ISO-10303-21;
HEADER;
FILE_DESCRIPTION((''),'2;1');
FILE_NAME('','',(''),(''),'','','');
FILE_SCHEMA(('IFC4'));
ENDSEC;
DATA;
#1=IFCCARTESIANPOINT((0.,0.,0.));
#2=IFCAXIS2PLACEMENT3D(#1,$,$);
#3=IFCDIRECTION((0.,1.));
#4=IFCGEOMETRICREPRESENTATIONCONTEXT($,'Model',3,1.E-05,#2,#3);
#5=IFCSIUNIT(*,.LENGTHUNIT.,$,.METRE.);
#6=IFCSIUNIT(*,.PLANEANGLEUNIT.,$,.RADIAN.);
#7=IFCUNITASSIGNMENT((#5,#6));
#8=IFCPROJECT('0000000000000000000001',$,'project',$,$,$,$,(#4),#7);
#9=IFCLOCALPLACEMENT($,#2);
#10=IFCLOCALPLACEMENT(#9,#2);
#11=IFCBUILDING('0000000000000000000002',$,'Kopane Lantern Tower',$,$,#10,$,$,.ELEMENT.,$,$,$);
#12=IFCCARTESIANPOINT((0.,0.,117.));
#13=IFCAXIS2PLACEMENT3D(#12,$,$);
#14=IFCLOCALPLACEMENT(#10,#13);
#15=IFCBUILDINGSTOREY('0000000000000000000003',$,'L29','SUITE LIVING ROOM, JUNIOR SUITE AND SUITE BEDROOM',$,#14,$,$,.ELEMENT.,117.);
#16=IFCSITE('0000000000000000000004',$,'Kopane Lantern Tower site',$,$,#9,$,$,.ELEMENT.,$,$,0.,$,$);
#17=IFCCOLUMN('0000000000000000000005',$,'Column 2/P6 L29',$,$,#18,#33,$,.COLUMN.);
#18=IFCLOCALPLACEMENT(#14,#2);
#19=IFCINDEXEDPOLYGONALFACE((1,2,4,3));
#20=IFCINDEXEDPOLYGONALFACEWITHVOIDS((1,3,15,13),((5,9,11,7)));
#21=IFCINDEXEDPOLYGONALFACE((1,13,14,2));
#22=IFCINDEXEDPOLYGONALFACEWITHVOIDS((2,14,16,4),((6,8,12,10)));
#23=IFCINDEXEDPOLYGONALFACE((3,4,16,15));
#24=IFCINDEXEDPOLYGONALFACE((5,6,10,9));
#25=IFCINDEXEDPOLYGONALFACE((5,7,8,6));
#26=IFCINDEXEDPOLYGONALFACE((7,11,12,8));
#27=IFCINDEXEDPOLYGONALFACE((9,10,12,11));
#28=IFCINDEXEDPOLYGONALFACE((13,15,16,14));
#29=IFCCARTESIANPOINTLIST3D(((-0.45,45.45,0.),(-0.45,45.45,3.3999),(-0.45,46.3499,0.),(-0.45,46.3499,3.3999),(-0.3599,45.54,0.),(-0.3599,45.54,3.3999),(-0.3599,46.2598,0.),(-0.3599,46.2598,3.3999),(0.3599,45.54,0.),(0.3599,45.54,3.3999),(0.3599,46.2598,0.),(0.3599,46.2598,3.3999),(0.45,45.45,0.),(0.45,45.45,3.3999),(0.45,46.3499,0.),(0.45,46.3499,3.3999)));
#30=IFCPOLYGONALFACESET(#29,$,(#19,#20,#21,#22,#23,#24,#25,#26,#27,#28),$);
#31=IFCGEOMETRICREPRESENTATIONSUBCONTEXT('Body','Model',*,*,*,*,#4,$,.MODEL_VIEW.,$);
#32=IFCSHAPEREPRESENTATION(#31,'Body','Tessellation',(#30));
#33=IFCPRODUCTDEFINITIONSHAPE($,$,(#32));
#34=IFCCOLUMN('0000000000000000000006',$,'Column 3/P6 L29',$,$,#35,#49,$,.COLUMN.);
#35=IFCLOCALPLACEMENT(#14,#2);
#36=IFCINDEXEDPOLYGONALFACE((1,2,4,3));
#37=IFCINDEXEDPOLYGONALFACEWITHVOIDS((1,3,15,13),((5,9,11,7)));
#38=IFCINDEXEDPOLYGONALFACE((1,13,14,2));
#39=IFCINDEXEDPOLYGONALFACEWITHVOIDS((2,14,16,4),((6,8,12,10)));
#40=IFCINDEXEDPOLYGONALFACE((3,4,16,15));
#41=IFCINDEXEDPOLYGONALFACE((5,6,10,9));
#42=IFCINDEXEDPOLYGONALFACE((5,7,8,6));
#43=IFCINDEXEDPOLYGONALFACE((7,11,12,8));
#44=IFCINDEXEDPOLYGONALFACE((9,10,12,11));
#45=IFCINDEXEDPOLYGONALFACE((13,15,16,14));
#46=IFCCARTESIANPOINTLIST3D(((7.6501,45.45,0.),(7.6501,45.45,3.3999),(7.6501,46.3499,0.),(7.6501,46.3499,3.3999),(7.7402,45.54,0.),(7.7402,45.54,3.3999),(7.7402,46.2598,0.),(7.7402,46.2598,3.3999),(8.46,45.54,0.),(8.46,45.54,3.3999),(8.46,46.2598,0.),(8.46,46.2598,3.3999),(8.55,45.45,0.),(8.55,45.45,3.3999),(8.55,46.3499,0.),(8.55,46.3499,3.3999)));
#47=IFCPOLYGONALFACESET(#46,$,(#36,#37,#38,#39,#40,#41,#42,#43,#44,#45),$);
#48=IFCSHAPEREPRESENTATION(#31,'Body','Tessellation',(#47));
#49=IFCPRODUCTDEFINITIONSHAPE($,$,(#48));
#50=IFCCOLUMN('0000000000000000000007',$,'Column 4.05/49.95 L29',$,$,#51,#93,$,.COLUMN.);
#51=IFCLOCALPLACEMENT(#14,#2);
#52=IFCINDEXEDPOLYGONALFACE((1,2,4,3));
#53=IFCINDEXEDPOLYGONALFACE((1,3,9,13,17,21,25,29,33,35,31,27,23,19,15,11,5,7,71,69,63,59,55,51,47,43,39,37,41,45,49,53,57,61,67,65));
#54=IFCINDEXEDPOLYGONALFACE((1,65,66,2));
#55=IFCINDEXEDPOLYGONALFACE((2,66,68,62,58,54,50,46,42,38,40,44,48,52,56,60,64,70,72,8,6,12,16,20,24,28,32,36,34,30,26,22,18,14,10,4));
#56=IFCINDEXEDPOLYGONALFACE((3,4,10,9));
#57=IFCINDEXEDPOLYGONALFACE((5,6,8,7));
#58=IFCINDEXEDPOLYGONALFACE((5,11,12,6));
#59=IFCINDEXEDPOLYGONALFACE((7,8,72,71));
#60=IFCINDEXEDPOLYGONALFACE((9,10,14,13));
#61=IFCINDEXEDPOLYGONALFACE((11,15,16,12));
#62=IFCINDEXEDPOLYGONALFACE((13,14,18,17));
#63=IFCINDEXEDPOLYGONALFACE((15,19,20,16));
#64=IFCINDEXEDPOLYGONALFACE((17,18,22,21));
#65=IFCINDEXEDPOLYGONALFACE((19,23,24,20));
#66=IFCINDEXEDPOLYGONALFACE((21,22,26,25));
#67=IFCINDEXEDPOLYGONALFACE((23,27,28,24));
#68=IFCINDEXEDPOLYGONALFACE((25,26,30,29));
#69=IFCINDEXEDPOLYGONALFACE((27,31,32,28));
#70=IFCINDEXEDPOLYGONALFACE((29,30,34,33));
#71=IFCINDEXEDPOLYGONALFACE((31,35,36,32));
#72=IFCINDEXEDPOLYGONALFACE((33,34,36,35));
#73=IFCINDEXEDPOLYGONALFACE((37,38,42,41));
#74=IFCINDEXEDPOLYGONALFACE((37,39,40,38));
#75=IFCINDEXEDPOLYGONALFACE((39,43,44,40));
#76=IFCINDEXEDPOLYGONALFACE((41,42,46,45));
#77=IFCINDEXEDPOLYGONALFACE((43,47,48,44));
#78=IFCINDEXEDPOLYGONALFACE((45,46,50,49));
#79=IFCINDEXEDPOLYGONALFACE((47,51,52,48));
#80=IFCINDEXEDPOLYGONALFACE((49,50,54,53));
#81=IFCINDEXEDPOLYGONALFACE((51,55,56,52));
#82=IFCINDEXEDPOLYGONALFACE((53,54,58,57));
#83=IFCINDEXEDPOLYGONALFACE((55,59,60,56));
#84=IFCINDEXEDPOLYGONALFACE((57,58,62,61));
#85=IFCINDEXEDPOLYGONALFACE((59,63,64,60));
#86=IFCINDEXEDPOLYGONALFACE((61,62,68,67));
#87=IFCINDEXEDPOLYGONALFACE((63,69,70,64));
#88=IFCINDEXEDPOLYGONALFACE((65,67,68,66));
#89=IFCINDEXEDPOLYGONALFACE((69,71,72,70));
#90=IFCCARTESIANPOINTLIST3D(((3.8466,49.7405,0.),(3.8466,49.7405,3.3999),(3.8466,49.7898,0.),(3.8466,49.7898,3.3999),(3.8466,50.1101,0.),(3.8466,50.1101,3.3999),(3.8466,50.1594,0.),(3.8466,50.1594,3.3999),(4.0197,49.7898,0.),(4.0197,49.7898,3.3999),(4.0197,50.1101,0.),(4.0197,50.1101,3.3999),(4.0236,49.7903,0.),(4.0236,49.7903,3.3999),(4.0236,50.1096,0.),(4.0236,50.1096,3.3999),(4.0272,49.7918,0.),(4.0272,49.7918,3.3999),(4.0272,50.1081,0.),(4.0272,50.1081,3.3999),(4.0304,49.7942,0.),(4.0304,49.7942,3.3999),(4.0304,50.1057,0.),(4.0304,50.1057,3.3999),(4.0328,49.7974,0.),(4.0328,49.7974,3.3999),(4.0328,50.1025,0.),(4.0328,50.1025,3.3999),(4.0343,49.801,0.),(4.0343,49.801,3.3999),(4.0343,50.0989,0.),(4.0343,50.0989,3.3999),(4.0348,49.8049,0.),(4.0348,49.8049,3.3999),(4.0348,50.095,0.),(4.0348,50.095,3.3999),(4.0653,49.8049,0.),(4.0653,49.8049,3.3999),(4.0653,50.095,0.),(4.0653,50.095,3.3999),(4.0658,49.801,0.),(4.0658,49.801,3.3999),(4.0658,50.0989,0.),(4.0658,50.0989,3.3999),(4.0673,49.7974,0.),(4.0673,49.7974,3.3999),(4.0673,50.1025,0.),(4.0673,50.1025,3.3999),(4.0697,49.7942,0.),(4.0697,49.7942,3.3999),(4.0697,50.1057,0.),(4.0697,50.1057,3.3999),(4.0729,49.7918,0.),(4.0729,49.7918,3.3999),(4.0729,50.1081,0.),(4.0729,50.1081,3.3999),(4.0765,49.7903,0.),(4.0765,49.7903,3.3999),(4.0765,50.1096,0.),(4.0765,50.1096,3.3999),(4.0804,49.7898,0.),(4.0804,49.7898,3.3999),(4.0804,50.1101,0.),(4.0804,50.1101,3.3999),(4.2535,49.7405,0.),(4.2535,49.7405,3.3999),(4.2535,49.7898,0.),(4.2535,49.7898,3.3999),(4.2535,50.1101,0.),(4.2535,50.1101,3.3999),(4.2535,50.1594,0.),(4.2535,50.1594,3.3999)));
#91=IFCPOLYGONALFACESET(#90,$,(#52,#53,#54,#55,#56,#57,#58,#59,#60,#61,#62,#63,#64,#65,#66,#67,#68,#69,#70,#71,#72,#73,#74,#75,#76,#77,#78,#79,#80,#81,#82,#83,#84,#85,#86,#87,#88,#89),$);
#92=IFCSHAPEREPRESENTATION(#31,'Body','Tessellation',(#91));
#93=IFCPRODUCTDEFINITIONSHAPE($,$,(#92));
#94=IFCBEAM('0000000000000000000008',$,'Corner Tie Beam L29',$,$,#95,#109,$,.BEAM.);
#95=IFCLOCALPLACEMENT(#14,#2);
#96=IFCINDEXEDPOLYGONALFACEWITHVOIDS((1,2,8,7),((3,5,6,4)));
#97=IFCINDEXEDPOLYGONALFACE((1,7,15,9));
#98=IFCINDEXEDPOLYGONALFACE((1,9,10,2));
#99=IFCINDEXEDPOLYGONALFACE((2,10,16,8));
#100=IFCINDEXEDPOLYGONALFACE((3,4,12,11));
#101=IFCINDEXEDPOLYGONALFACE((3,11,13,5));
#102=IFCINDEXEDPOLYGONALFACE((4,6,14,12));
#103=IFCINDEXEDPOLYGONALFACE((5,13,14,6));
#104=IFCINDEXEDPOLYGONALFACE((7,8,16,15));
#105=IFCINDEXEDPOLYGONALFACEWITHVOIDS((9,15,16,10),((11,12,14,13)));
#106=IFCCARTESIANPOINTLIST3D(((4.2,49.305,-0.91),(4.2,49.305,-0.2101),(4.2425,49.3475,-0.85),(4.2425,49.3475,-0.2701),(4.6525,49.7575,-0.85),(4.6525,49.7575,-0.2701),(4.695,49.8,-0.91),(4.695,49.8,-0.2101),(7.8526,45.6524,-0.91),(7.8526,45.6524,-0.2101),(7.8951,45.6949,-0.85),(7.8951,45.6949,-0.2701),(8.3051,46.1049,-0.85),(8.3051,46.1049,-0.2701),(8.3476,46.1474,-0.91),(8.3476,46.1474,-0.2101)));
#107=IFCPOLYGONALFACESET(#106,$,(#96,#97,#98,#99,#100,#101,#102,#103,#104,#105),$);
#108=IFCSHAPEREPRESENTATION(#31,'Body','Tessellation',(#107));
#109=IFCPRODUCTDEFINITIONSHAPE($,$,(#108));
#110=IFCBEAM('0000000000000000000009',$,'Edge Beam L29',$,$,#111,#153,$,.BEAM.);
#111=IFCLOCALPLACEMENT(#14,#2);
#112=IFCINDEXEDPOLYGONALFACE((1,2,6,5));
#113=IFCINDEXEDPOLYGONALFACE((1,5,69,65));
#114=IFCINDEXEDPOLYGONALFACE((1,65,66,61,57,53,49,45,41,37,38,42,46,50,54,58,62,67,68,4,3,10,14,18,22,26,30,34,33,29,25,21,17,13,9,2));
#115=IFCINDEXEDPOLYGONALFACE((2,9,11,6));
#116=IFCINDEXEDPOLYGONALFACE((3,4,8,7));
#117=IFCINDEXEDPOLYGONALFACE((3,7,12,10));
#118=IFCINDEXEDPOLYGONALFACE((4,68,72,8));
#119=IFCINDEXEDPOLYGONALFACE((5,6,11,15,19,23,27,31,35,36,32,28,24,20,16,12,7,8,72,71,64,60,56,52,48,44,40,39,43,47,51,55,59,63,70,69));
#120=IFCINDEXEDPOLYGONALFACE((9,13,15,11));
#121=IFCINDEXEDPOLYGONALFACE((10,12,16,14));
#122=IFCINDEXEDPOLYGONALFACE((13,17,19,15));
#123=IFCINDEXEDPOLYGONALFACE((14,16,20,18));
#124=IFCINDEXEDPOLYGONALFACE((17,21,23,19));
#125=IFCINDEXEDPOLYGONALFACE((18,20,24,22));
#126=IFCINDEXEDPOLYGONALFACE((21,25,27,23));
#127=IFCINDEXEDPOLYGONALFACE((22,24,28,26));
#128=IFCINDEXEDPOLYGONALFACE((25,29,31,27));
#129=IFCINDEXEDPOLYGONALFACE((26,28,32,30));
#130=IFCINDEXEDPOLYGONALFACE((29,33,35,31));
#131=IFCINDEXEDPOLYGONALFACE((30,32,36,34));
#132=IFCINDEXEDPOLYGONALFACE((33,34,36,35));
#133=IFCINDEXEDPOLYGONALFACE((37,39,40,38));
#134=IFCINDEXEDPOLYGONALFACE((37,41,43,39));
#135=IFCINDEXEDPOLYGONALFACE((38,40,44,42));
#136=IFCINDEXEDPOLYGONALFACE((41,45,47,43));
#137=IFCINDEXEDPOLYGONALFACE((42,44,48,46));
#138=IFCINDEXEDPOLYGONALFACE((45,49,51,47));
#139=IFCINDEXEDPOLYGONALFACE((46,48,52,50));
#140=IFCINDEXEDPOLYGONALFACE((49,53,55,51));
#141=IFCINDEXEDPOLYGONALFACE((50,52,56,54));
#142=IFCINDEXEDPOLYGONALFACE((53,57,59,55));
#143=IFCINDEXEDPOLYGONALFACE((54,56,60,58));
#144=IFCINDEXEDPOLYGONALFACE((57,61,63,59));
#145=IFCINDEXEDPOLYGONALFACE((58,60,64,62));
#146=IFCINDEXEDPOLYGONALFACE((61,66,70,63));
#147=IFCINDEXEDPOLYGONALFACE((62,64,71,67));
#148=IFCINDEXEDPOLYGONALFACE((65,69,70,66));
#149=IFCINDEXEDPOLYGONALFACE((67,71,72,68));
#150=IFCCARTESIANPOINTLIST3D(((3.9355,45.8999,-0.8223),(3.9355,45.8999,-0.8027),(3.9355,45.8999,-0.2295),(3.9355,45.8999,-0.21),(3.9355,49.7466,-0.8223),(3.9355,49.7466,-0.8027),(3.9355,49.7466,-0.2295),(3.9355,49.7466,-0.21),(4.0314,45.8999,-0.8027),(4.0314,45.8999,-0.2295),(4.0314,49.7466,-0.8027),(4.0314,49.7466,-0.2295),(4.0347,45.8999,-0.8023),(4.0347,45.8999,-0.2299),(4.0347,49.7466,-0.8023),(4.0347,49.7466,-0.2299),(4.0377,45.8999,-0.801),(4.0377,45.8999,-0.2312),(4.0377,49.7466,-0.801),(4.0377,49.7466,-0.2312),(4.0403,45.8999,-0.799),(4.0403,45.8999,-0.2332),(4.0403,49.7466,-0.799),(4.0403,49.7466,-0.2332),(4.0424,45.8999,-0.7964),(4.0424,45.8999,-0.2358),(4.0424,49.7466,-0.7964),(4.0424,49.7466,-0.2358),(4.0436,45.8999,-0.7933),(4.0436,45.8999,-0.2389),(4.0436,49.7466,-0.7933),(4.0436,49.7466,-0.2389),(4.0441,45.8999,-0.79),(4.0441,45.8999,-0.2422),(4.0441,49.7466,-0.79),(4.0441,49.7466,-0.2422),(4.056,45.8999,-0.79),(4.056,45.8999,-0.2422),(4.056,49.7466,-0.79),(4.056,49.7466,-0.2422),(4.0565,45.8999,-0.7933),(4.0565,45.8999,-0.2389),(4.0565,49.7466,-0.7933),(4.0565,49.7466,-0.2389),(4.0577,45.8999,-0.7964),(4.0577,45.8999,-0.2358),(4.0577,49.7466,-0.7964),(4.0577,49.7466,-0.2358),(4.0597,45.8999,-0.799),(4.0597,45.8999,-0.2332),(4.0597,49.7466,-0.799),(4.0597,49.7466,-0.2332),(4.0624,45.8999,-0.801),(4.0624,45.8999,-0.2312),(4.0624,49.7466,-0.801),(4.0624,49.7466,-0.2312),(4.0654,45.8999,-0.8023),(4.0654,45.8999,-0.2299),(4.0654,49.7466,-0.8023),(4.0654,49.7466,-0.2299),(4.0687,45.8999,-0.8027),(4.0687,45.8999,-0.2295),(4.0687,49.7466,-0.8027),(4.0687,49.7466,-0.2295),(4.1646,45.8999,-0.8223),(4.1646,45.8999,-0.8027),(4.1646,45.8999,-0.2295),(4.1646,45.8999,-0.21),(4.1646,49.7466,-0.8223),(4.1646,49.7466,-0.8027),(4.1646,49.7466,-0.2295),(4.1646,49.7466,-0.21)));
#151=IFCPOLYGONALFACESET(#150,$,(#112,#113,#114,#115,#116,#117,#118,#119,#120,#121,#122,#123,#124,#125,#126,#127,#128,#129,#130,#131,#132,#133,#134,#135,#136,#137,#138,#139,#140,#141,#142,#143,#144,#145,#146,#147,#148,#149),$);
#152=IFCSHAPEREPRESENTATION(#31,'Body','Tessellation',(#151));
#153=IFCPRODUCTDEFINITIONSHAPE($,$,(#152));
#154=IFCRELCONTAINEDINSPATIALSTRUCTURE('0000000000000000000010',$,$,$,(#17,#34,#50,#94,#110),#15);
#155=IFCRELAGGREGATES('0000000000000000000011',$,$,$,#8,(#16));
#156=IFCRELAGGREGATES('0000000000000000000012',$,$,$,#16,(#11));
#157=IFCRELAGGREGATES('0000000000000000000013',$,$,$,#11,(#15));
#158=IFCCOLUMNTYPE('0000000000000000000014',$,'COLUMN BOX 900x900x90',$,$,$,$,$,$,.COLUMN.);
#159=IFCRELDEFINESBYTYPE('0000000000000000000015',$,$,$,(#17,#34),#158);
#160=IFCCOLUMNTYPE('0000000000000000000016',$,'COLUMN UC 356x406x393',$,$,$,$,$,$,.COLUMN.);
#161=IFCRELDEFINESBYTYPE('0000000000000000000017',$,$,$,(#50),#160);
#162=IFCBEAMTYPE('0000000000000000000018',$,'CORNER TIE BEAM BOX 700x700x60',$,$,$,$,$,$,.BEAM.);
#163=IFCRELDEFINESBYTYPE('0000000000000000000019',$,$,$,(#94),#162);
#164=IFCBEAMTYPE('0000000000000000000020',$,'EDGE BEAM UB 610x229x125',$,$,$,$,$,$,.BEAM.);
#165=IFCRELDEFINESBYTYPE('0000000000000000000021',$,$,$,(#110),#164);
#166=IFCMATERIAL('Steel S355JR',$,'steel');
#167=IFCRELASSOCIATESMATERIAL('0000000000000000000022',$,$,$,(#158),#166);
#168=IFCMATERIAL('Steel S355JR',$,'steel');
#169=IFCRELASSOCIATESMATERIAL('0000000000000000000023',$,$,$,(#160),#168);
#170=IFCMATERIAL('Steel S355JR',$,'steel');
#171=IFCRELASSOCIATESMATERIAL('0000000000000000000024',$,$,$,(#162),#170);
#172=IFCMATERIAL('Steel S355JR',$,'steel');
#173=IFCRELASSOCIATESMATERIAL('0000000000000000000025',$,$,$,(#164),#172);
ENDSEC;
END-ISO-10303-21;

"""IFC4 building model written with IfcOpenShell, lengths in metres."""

from ifc_helpers import new_model, si_unit, direction, frame, origin, origin_2d, place, context, subcontext, project, spatial, hollow_rectangle, i_section, extrude, material, material_profile, profile_set, type_object, element, save


model = new_model("IFC4")

# Units and contexts
model_context = context("Model", 3, precision=1e-05, world=origin(), true_north=direction((0.0, 1.0)))
body_context = subcontext(model_context, "Body", "Model", "MODEL_VIEW")
ifc_project = project(units=[si_unit("LENGTHUNIT", "METRE"), si_unit("PLANEANGLEUNIT", "RADIAN")], contexts=[model_context])

# Site, building, storey
site_placement = place(None, origin())
site = spatial("IfcSite", under=ifc_project, at=site_placement, Name="Kopane Lantern Tower site", CompositionType="ELEMENT", RefElevation=0.0)
building_placement = place(site_placement, origin())
building = spatial("IfcBuilding", under=site, at=building_placement, Name="Kopane Lantern Tower", CompositionType="ELEMENT")
storey_placement = place(building_placement, frame((0.0, 0.0, 117.0)))
storey = spatial("IfcBuildingStorey", under=building, at=storey_placement, Name="L29", Description="SUITE LIVING ROOM, JUNIOR SUITE AND SUITE BEDROOM", CompositionType="ELEMENT", Elevation=117.0)

# Columns
ifc_material_1 = material(Name="Steel S355JR", Category="steel")
ifc_material_profile_1 = material_profile(ifc_material_1, hollow_rectangle(XDim=0.8999, YDim=0.8999, WallThickness=0.0901, at=origin_2d()), Name="BOX 900x900x90")
ifc_profile_set_1 = profile_set([ifc_material_profile_1], Name="Steel S355JR")
column_type_1 = type_object("IfcColumnType", Name="COLUMN BOX 900x900x90", PredefinedType="COLUMN", material=ifc_profile_set_1)
for number, where, z_axis, x_axis, name in (
    (1, (0.0, 45.8999, 0.0), (0.0, 0.0, 1.0), (1.0, 0.0, 0.0), "Column 2/P6 L29"),
    (2, (8.1001, 45.8999, 0.0), (0.0, 0.0, 1.0), (1.0, 0.0, 0.0), "Column 3/P6 L29"),
):
    element("IfcColumn", number, at=place(storey_placement, frame(where, z_axis=z_axis, x_axis=x_axis)), inside=storey, type_object=column_type_1, Name=name, PredefinedType="COLUMN", context=body_context, shape_type="SweptSolid", body=[
        extrude(hollow_rectangle(XDim=0.8999, YDim=0.8999, WallThickness=0.0901, at=origin_2d()), origin(), (0.0, 0.0, 1.0), 3.3999),
    ])
ifc_material_2 = material(Name="Steel S355JR", Category="steel")
ifc_material_profile_2 = material_profile(ifc_material_2, i_section(OverallWidth=0.407, OverallDepth=0.4189, WebThickness=0.0305, FlangeThickness=0.0493, FilletRadius=0.0151, at=origin_2d()), Name="UC 356x406x393")
ifc_profile_set_2 = profile_set([ifc_material_profile_2], Name="Steel S355JR")
column_type_2 = type_object("IfcColumnType", Name="COLUMN UC 356x406x393", PredefinedType="COLUMN", material=ifc_profile_set_2)
column_placement = place(storey_placement, frame((4.05, 49.95, 0.0), z_axis=(0.0, 0.0, 1.0), x_axis=(1.0, 0.0, 0.0)))
element("IfcColumn", 3, at=column_placement, inside=storey, type_object=column_type_2, Name="Column 4.05/49.95 L29", PredefinedType="COLUMN", context=body_context, shape_type="SweptSolid", body=[
    extrude(i_section(OverallWidth=0.407, OverallDepth=0.4189, WebThickness=0.0305, FlangeThickness=0.0493, FilletRadius=0.0151, at=origin_2d()), origin(), (0.0, 0.0, 1.0), 3.3999),
])

# Beams
ifc_material_3 = material(Name="Steel S355JR", Category="steel")
ifc_material_profile_3 = material_profile(ifc_material_3, hollow_rectangle(XDim=0.7, YDim=0.7, WallThickness=0.0601, at=origin_2d()), Name="BOX 700x700x60")
ifc_profile_set_3 = profile_set([ifc_material_profile_3], Name="Steel S355JR")
beam_type_1 = type_object("IfcBeamType", Name="CORNER TIE BEAM BOX 700x700x60", PredefinedType="BEAM", material=ifc_profile_set_3)
beam_1_placement = place(storey_placement, frame((4.4475, 49.5525, -0.5601), z_axis=(0.707107, -0.707107, 0.0), x_axis=(0.707107, 0.707107, 0.0)))
element("IfcBeam", 4, at=beam_1_placement, inside=storey, type_object=beam_type_1, Name="Corner Tie Beam L29", PredefinedType="BEAM", context=body_context, shape_type="SweptSolid", body=[
    extrude(hollow_rectangle(XDim=0.7, YDim=0.7, WallThickness=0.0601, at=origin_2d()), origin(), (0.0, 0.0, 1.0), 5.1655),
])
ifc_material_4 = material(Name="Steel S355JR", Category="steel")
ifc_material_profile_4 = material_profile(ifc_material_4, i_section(OverallWidth=0.229, OverallDepth=0.6123, WebThickness=0.012, FlangeThickness=0.0195, FilletRadius=0.0127, at=origin_2d()), Name="UB 610x229x125")
ifc_profile_set_4 = profile_set([ifc_material_profile_4], Name="Steel S355JR")
beam_type_2 = type_object("IfcBeamType", Name="EDGE BEAM UB 610x229x125", PredefinedType="BEAM", material=ifc_profile_set_4)
for number, where, z_axis, x_axis, name in (
    (5, (4.05, 49.7466, -0.5161), (0.0, -1.0, 0.0), (1.0, 0.0, 0.0), "Edge Beam L29"),
):
    element("IfcBeam", number, at=place(storey_placement, frame(where, z_axis=z_axis, x_axis=x_axis)), inside=storey, type_object=beam_type_2, Name=name, PredefinedType="BEAM", context=body_context, shape_type="SweptSolid", body=[
        extrude(i_section(OverallWidth=0.229, OverallDepth=0.6123, WebThickness=0.012, FlangeThickness=0.0195, FilletRadius=0.0127, at=origin_2d()), origin(), (0.0, 0.0, 1.0), 3.8467),
    ])

save(model, "model.ifc")
